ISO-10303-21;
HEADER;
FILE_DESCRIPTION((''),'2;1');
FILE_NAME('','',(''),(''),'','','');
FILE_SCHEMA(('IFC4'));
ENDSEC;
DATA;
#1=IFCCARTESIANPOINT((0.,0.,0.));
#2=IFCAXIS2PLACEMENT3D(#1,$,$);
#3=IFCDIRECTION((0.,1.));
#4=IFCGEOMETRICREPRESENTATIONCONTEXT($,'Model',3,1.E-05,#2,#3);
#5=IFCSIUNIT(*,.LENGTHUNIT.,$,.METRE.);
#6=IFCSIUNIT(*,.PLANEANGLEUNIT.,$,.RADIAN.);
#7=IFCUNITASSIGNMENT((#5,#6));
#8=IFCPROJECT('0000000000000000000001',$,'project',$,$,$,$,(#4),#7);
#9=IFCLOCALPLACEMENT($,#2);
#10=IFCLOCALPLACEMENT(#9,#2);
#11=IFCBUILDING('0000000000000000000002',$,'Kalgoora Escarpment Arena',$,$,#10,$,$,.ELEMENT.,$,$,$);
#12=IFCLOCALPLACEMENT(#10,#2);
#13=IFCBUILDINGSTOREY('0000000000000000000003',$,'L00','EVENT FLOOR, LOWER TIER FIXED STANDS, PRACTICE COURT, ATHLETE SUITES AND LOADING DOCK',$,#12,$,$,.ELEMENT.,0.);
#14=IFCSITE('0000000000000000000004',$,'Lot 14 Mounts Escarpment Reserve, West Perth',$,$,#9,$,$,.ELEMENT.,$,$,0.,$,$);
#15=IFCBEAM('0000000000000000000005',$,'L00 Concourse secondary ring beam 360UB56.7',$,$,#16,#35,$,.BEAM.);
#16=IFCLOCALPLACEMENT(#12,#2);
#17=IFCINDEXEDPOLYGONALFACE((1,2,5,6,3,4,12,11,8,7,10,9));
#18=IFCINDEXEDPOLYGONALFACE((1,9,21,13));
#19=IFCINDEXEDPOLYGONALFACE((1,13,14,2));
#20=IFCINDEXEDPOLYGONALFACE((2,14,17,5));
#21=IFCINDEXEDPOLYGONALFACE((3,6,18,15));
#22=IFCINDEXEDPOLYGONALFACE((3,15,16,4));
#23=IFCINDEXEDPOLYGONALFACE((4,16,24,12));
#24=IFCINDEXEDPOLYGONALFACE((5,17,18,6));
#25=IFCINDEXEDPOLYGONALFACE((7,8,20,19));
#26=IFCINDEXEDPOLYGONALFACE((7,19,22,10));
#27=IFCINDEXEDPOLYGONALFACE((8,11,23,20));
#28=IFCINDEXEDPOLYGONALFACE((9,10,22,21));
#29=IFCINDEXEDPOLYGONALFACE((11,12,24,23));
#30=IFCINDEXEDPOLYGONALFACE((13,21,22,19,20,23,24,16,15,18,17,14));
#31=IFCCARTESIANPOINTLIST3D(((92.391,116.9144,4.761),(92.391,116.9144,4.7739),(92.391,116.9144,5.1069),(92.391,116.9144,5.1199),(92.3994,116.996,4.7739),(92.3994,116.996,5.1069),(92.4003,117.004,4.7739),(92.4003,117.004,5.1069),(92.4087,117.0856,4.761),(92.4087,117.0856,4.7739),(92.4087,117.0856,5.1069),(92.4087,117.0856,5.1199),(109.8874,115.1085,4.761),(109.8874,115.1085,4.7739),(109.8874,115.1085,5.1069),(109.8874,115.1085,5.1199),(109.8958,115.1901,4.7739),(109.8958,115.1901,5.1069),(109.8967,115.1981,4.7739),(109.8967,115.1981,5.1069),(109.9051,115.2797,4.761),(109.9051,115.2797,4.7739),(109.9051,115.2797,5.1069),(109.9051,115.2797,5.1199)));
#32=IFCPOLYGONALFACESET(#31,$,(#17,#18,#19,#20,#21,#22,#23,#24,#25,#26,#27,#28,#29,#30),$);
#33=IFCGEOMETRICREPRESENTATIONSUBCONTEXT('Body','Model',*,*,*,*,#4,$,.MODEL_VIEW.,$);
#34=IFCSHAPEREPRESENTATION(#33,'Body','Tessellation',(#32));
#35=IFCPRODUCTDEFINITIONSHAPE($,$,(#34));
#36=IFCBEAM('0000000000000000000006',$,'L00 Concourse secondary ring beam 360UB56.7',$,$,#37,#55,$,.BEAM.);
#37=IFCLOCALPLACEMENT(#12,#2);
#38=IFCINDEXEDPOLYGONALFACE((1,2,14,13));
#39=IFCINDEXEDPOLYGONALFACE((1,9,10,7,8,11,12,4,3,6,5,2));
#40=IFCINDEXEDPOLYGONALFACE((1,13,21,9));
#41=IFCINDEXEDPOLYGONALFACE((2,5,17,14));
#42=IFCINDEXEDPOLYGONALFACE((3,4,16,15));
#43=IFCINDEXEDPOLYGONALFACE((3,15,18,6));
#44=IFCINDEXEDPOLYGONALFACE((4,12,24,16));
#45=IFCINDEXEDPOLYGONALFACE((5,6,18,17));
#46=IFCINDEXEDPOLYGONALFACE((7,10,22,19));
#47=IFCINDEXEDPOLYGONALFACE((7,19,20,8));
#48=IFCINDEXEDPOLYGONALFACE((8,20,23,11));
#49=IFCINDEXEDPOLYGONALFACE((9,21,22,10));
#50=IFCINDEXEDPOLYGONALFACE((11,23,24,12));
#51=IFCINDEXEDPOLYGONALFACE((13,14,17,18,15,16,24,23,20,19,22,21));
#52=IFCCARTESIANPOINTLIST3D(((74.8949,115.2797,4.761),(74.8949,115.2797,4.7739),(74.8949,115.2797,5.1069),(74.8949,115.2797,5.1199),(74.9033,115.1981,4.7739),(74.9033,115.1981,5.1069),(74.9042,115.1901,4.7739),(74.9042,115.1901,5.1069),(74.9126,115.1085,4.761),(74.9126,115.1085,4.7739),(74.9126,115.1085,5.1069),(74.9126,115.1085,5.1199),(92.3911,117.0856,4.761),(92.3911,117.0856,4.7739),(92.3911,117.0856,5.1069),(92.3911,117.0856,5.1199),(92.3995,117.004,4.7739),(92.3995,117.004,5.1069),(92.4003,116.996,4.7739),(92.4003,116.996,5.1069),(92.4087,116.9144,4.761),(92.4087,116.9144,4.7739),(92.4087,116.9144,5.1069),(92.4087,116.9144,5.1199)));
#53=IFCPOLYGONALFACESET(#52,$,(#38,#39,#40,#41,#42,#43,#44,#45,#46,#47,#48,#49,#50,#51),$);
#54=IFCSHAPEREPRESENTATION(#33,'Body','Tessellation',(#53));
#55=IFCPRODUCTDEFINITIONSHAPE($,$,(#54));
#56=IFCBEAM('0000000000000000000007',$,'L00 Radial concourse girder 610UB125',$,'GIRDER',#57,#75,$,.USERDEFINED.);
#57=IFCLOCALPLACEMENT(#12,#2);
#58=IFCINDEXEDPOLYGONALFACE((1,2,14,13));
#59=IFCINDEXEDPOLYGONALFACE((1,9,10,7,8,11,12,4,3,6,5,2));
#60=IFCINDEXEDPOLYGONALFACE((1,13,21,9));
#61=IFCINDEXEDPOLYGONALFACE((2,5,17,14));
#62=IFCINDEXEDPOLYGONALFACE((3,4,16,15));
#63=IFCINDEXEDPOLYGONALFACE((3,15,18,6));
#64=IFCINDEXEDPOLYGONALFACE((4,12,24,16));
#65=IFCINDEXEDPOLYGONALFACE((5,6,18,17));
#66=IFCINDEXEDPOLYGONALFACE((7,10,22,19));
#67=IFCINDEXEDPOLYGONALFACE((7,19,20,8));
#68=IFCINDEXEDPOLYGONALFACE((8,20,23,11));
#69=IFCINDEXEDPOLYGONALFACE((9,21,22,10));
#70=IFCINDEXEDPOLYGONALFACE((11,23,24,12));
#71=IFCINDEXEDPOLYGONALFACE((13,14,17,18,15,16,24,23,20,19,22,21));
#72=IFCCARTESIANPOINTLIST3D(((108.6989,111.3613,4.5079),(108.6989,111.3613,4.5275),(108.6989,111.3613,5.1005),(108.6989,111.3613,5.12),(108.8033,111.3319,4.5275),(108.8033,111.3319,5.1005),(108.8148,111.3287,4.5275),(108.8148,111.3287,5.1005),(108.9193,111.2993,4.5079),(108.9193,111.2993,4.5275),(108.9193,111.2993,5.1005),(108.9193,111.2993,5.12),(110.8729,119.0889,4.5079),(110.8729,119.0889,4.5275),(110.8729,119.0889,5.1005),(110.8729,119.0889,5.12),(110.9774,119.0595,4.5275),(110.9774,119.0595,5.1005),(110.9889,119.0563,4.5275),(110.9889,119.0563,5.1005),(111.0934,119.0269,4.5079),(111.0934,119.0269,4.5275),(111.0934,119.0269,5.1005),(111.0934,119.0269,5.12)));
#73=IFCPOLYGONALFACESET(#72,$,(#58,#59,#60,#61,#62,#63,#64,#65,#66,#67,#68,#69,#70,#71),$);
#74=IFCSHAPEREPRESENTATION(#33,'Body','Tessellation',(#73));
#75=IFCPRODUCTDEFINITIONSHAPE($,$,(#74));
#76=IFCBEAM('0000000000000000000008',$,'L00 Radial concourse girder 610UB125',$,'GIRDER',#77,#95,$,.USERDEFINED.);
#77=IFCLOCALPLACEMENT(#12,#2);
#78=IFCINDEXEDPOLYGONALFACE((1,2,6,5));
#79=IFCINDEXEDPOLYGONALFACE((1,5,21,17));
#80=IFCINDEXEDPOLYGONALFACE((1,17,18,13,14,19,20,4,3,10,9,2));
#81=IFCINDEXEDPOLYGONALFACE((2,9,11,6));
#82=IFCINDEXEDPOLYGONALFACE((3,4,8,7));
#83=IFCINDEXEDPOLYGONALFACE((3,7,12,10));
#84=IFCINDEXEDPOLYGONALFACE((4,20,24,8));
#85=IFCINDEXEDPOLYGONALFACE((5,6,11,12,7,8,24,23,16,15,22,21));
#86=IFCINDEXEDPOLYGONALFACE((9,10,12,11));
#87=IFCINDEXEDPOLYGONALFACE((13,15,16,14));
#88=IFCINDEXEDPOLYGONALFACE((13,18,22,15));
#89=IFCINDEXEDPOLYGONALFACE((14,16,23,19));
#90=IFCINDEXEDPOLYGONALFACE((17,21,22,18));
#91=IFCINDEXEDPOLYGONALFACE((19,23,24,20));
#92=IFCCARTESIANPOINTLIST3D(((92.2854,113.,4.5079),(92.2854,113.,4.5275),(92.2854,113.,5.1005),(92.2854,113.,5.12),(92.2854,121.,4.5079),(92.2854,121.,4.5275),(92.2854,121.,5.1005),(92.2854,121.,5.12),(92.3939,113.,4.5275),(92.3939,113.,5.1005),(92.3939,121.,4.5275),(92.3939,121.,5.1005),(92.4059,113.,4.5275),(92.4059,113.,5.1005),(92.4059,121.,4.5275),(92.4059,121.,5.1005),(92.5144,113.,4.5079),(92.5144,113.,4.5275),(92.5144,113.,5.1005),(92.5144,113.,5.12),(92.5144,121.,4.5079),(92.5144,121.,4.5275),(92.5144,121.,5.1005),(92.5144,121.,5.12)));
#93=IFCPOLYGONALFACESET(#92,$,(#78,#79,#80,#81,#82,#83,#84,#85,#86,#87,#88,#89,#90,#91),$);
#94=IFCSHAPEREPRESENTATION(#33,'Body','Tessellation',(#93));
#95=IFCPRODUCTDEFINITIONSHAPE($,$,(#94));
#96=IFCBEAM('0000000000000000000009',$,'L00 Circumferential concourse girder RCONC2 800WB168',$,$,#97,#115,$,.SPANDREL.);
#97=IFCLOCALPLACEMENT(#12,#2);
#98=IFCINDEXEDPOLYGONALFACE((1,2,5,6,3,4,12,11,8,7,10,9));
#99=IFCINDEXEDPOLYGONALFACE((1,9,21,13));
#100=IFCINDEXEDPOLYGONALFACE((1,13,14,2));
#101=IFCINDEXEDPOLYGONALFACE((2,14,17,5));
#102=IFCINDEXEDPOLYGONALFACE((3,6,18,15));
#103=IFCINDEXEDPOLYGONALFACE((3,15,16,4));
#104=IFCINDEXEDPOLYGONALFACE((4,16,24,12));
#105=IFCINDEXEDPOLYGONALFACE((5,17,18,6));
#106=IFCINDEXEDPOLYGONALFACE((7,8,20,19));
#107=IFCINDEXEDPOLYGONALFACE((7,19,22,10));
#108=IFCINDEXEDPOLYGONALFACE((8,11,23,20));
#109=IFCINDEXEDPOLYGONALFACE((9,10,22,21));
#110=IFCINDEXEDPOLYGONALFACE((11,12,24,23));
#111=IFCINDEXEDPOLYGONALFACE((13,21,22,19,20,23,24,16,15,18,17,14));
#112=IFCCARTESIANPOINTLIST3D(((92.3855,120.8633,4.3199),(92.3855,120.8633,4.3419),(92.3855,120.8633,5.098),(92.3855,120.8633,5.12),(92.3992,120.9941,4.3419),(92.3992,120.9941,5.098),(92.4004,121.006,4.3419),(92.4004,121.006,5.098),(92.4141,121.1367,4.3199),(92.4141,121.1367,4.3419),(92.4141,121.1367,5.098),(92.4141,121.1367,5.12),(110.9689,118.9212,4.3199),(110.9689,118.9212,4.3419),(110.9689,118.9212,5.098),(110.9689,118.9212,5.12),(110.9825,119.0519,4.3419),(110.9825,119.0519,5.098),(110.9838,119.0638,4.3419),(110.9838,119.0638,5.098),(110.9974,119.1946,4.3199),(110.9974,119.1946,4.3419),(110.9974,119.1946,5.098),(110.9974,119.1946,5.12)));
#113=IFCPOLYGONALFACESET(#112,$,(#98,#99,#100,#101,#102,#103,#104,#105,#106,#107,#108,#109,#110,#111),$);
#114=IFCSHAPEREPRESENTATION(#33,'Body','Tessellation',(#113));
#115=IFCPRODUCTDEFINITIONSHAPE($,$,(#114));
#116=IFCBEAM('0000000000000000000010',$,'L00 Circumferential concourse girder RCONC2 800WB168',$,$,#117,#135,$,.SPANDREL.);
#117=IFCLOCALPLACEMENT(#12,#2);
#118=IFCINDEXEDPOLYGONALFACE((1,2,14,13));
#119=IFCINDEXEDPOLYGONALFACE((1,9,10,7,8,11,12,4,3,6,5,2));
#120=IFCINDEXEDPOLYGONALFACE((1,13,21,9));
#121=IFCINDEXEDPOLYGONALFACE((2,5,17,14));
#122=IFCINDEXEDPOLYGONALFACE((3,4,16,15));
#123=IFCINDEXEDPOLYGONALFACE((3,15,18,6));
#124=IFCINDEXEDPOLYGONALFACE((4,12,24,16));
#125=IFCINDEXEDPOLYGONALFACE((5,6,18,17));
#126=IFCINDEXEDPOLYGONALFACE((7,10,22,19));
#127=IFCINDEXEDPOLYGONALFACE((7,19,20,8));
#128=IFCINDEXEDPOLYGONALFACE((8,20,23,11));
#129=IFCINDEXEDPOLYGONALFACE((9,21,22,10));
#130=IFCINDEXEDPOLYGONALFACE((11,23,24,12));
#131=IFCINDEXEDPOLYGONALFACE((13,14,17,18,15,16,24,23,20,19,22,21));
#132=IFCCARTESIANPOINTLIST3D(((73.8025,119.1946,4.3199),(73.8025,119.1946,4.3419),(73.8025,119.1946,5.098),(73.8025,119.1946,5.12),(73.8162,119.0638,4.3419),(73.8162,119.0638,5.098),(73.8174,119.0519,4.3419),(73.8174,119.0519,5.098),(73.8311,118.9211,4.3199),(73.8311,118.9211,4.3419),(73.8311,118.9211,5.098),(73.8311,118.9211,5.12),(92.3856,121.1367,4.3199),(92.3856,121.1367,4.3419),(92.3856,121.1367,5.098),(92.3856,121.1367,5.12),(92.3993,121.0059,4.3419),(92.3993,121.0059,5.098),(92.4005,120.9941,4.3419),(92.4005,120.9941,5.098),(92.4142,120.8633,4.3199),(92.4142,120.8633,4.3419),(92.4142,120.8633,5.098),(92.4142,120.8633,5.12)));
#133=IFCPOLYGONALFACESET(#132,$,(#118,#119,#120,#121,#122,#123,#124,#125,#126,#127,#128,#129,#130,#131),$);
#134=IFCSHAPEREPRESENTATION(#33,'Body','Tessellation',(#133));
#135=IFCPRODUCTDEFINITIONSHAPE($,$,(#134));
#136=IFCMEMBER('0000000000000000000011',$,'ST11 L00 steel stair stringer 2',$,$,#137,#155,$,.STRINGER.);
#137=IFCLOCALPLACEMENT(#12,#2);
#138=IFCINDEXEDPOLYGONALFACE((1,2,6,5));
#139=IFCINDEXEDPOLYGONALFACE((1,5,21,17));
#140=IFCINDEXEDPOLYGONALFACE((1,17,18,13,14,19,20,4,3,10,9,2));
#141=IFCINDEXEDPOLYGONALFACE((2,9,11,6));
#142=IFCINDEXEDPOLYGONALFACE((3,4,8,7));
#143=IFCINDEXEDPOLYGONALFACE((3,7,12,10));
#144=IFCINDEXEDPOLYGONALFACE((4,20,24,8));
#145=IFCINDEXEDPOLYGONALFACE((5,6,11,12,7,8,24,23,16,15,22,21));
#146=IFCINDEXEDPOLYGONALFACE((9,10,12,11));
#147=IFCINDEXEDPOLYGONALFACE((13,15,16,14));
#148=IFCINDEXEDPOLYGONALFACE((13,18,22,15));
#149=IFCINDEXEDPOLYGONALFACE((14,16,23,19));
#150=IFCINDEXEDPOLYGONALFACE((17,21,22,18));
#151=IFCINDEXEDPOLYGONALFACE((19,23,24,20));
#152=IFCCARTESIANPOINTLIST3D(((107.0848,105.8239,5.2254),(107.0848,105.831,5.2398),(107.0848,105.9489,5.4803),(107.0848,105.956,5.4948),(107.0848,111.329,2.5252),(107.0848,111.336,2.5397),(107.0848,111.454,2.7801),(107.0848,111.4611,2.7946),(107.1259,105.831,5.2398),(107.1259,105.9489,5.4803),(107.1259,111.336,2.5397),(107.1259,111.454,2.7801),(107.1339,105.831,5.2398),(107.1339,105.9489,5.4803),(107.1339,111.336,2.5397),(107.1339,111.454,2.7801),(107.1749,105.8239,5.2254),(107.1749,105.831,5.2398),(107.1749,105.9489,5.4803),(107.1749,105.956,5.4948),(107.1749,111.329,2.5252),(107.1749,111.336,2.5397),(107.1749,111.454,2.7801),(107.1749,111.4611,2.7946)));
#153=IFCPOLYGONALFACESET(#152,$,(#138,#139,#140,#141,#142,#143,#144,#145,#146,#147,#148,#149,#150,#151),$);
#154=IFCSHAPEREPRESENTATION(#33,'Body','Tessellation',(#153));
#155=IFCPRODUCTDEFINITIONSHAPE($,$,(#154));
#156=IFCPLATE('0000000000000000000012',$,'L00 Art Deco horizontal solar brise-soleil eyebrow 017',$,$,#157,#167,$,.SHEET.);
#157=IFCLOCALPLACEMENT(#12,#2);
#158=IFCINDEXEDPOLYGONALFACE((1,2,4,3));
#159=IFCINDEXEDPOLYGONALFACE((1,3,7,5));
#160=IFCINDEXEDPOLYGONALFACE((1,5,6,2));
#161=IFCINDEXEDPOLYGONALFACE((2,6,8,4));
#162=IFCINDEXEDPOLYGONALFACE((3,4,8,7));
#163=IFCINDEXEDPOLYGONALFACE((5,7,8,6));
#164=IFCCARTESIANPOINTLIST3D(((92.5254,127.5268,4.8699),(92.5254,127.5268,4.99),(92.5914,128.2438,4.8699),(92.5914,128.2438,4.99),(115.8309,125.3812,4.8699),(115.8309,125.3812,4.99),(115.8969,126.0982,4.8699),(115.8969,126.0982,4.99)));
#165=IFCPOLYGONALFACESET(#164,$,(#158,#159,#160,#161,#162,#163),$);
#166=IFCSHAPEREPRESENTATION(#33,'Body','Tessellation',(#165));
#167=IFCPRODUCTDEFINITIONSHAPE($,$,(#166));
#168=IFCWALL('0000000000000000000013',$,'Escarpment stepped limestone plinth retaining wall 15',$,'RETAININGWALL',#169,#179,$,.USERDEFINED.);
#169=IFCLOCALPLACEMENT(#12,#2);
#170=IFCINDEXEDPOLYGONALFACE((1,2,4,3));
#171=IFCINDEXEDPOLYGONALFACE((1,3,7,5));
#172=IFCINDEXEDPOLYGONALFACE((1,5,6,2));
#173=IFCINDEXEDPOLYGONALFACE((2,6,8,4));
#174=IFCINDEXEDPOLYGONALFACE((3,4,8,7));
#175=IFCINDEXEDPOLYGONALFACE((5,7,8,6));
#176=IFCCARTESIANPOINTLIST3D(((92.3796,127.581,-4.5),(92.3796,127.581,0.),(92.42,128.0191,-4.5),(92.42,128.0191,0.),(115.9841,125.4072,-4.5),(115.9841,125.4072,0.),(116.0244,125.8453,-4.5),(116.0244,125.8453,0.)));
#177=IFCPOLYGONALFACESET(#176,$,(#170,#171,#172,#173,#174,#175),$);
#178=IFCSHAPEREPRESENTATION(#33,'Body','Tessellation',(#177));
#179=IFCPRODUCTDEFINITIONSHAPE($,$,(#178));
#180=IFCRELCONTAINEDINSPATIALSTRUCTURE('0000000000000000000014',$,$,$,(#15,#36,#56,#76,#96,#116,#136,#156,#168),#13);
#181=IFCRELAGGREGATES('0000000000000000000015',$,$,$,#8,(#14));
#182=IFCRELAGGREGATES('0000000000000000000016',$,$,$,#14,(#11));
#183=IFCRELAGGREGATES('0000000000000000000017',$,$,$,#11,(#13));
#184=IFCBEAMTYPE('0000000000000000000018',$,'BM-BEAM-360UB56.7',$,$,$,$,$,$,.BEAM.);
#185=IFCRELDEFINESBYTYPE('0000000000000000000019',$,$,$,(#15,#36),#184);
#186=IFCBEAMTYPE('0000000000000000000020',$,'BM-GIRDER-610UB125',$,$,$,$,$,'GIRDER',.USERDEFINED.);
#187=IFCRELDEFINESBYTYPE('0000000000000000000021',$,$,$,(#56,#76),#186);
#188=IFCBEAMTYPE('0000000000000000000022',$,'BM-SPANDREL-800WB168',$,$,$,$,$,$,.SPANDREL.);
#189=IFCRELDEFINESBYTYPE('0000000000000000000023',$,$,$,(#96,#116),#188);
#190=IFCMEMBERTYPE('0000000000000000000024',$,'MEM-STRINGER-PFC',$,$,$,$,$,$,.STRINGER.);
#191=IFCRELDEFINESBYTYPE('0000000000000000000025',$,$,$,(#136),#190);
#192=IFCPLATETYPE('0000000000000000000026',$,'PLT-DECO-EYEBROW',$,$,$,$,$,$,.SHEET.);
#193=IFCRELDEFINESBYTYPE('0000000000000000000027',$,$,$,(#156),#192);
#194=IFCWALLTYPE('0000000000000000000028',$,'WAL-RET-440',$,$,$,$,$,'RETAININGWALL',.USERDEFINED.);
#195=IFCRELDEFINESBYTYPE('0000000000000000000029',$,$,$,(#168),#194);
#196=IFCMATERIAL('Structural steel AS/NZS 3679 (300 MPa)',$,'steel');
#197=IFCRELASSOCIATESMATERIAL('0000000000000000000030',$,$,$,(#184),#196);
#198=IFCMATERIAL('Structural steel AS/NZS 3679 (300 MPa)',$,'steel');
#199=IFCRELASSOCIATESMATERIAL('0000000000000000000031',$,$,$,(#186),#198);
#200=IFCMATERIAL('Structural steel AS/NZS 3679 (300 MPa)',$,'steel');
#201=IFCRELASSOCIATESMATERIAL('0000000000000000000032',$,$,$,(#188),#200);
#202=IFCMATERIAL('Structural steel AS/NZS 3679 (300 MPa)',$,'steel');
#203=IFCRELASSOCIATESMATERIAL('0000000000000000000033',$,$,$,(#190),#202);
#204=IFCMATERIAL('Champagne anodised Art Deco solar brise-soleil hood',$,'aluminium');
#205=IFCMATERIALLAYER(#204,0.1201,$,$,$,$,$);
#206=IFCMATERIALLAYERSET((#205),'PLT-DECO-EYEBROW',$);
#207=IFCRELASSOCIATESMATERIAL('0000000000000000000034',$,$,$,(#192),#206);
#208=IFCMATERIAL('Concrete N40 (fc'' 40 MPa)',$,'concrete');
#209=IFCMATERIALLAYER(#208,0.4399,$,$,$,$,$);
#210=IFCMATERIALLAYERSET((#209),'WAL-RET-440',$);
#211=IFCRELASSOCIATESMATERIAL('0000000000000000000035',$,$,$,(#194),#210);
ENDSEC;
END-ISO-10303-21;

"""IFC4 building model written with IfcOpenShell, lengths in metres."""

from ifc_helpers import new_model, si_unit, direction, frame, frame_2d, origin, origin_2d, place, context, subcontext, project, spatial, rectangle, i_section, extrude, material, layer, layer_set, material_profile, profile_set, type_object, element, save


model = new_model("IFC4")

# Units and contexts
model_context = context("Model", 3, precision=1e-05, world=origin(), true_north=direction((0.0, 1.0)))
body_context = subcontext(model_context, "Body", "Model", "MODEL_VIEW")
ifc_project = project(units=[si_unit("LENGTHUNIT", "METRE"), si_unit("PLANEANGLEUNIT", "RADIAN")], contexts=[model_context])

# Site, building, storey
site_placement = place(None, origin())
site = spatial("IfcSite", under=ifc_project, at=site_placement, Name="Lot 14 Mounts Escarpment Reserve, West Perth", CompositionType="ELEMENT", RefElevation=0.0)
building_placement = place(site_placement, origin())
building = spatial("IfcBuilding", under=site, at=building_placement, Name="Kalgoora Escarpment Arena", CompositionType="ELEMENT")
storey_placement = place(building_placement, origin())
storey = spatial("IfcBuildingStorey", under=building, at=storey_placement, Name="L00", Description="EVENT FLOOR, LOWER TIER FIXED STANDS, PRACTICE COURT, ATHLETE SUITES AND LOADING DOCK", CompositionType="ELEMENT", Elevation=0.0)

# Beams
ifc_material_1 = material(Name="Structural steel AS/NZS 3679 (300 MPa)", Category="steel")
ifc_material_profile_1 = material_profile(ifc_material_1, i_section(OverallWidth=0.1721, OverallDepth=0.3589, WebThickness=0.0081, FlangeThickness=0.0129, at=origin_2d()))
ifc_profile_set_1 = profile_set([ifc_material_profile_1], Name="Structural steel AS/NZS 3679 (300 MPa)")
beam_type_1 = type_object("IfcBeamType", Name="BM-BEAM-360UB56.7", PredefinedType="BEAM", material=ifc_profile_set_1)
beam_1_placement = place(storey_placement, frame((109.8962, 115.1941, 4.9404), z_axis=(-0.994715, 0.102671, 0.0), x_axis=(-0.102671, -0.994715, 0.0)))
element("IfcBeam", 1, at=beam_1_placement, inside=storey, type_object=beam_type_1, Name="L00 Concourse secondary ring beam 360UB56.7", PredefinedType="BEAM", context=body_context, shape_type="SweptSolid", body=[
    extrude(i_section(OverallWidth=0.1721, OverallDepth=0.3589, WebThickness=0.0081, FlangeThickness=0.0129, at=origin_2d()), origin(), (0.0, 0.0, 1.0), 17.5894),
])
beam_2_placement = place(storey_placement, frame((92.3999, 117.0, 4.9404), z_axis=(-0.994715, -0.102672, 0.0), x_axis=(0.102672, -0.994715, 0.0)))
element("IfcBeam", 2, at=beam_2_placement, inside=storey, type_object=beam_type_1, Name="L00 Concourse secondary ring beam 360UB56.7", PredefinedType="BEAM", context=body_context, shape_type="SweptSolid", body=[
    extrude(i_section(OverallWidth=0.1721, OverallDepth=0.3589, WebThickness=0.0081, FlangeThickness=0.0129, at=origin_2d()), origin(), (0.0, 0.0, 1.0), 17.5891),
])
ifc_material_2 = material(Name="Structural steel AS/NZS 3679 (300 MPa)", Category="steel")
ifc_material_profile_2 = material_profile(ifc_material_2, i_section(OverallWidth=0.229, OverallDepth=0.6121, WebThickness=0.012, FlangeThickness=0.0195, at=origin_2d()))
ifc_profile_set_2 = profile_set([ifc_material_profile_2], Name="Structural steel AS/NZS 3679 (300 MPa)")
beam_type_2 = type_object("IfcBeamType", Name="BM-GIRDER-610UB125", ElementType="GIRDER", PredefinedType="USERDEFINED", material=ifc_profile_set_2)
beam_3_placement = place(storey_placement, frame((108.8091, 111.3303, 4.814), z_axis=(0.270827, 0.962628, 0.0), x_axis=(-0.962628, 0.270827, 0.0)))
element("IfcBeam", 3, at=beam_3_placement, inside=storey, type_object=beam_type_2, Name="L00 Radial concourse girder 610UB125", ObjectType="GIRDER", PredefinedType="USERDEFINED", context=body_context, shape_type="SweptSolid", body=[
    extrude(i_section(OverallWidth=0.229, OverallDepth=0.6121, WebThickness=0.012, FlangeThickness=0.0195, at=origin_2d()), origin(), (0.0, 0.0, 1.0), 8.0276),
])
beam_4_placement = place(storey_placement, frame((92.3999, 113.0, 4.814), z_axis=(0.0, 1.0, 0.0), x_axis=(-1.0, 0.0, 0.0)))
element("IfcBeam", 4, at=beam_4_placement, inside=storey, type_object=beam_type_2, Name="L00 Radial concourse girder 610UB125", ObjectType="GIRDER", PredefinedType="USERDEFINED", context=body_context, shape_type="SweptSolid", body=[
    extrude(i_section(OverallWidth=0.229, OverallDepth=0.6121, WebThickness=0.012, FlangeThickness=0.0195, at=origin_2d()), origin(), (0.0, 0.0, 1.0), 8.0),
])
ifc_material_3 = material(Name="Structural steel AS/NZS 3679 (300 MPa)", Category="steel")
ifc_material_profile_3 = material_profile(ifc_material_3, i_section(OverallWidth=0.2749, OverallDepth=0.8, WebThickness=0.012, FlangeThickness=0.022, at=origin_2d()))
ifc_profile_set_3 = profile_set([ifc_material_profile_3], Name="Structural steel AS/NZS 3679 (300 MPa)")
beam_type_3 = type_object("IfcBeamType", Name="BM-SPANDREL-800WB168", PredefinedType="SPANDREL", material=ifc_profile_set_3)
beam_5_placement = place(storey_placement, frame((110.9832, 119.0579, 4.72), z_axis=(-0.994583, 0.103944, 0.0), x_axis=(-0.103944, -0.994583, 0.0)))
element("IfcBeam", 5, at=beam_5_placement, inside=storey, type_object=beam_type_3, Name="L00 Circumferential concourse girder RCONC2 800WB168", PredefinedType="SPANDREL", context=body_context, shape_type="SweptSolid", body=[
    extrude(i_section(OverallWidth=0.2749, OverallDepth=0.8, WebThickness=0.012, FlangeThickness=0.022, at=origin_2d()), origin(), (0.0, 0.0, 1.0), 18.6846),
])
beam_6_placement = place(storey_placement, frame((92.3999, 121.0, 4.72), z_axis=(-0.994583, -0.103945, 0.0), x_axis=(0.103945, -0.994583, 0.0)))
element("IfcBeam", 6, at=beam_6_placement, inside=storey, type_object=beam_type_3, Name="L00 Circumferential concourse girder RCONC2 800WB168", PredefinedType="SPANDREL", context=body_context, shape_type="SweptSolid", body=[
    extrude(i_section(OverallWidth=0.2749, OverallDepth=0.8, WebThickness=0.012, FlangeThickness=0.022, at=origin_2d()), origin(), (0.0, 0.0, 1.0), 18.6843),
])

# Member
ifc_material_4 = material(Name="Structural steel AS/NZS 3679 (300 MPa)", Category="steel")
ifc_material_profile_4 = material_profile(ifc_material_4, i_section(OverallWidth=0.0901, OverallDepth=0.3, WebThickness=0.0081, FlangeThickness=0.0161, at=origin_2d()))
ifc_profile_set_4 = profile_set([ifc_material_profile_4], Name="Structural steel AS/NZS 3679 (300 MPa)")
member_type = type_object("IfcMemberType", Name="MEM-STRINGER-PFC", PredefinedType="STRINGER", material=ifc_profile_set_4)
member_placement = place(storey_placement, frame((107.1299, 111.395, 2.6599), z_axis=(0.0, -0.897817, 0.440368), x_axis=(1.0, 0.0, 0.0)))
element("IfcMember", 7, at=member_placement, inside=storey, type_object=member_type, Name="ST11 L00 steel stair stringer 2", PredefinedType="STRINGER", context=body_context, shape_type="SweptSolid", body=[
    extrude(i_section(OverallWidth=0.0901, OverallDepth=0.3, WebThickness=0.0081, FlangeThickness=0.0161, at=origin_2d()), origin(), (0.0, 0.0, 1.0), 6.1316),
])

# Plate
ifc_material_5 = material(Name="Champagne anodised Art Deco solar brise-soleil hood", Category="aluminium")
ifc_layer_1 = layer(ifc_material_5, 0.1201)
ifc_layer_set_1 = layer_set([ifc_layer_1], Name="PLT-DECO-EYEBROW")
plate_type = type_object("IfcPlateType", Name="PLT-DECO-EYEBROW", PredefinedType="SHEET", material=ifc_layer_set_1)
plate_placement = place(storey_placement, frame((104.2112, 126.8125, 4.8699), z_axis=(0.0, 0.0, 1.0), x_axis=(0.995789, -0.091675, 0.0)))
element("IfcPlate", 8, at=plate_placement, inside=storey, type_object=plate_type, Name="L00 Art Deco horizontal solar brise-soleil eyebrow 017", PredefinedType="SHEET", context=body_context, shape_type="SweptSolid", body=[
    extrude(rectangle(XDim=23.4041, YDim=0.72, at=origin_2d()), origin(), (0.0, 0.0, 1.0), 0.1201),
])

# Wall
ifc_material_6 = material(Name="Concrete N40 (fc' 40 MPa)", Category="concrete")
ifc_layer_2 = layer(ifc_material_6, 0.4399)
ifc_layer_set_2 = layer_set([ifc_layer_2], Name="WAL-RET-440")
wall_type_1 = type_object("IfcWallType", Name="WAL-RET-440", ElementType="RETAININGWALL", PredefinedType="USERDEFINED", material=ifc_layer_set_2)
wall_1_placement = place(storey_placement, frame((92.3999, 127.8, -4.5), z_axis=(0.0, 0.0, 1.0), x_axis=(0.995786, -0.091706, 0.0)))
element("IfcWall", 9, at=wall_1_placement, inside=storey, type_object=wall_type_1, Name="Escarpment stepped limestone plinth retaining wall 15", ObjectType="RETAININGWALL", PredefinedType="USERDEFINED", context=body_context, shape_type="SweptSolid", body=[
    extrude(rectangle(XDim=23.7043, YDim=0.4399, at=frame_2d((11.8521, 0.0))), origin(), (0.0, 0.0, 1.0), 4.5),
])

save(model, "model.ifc")
